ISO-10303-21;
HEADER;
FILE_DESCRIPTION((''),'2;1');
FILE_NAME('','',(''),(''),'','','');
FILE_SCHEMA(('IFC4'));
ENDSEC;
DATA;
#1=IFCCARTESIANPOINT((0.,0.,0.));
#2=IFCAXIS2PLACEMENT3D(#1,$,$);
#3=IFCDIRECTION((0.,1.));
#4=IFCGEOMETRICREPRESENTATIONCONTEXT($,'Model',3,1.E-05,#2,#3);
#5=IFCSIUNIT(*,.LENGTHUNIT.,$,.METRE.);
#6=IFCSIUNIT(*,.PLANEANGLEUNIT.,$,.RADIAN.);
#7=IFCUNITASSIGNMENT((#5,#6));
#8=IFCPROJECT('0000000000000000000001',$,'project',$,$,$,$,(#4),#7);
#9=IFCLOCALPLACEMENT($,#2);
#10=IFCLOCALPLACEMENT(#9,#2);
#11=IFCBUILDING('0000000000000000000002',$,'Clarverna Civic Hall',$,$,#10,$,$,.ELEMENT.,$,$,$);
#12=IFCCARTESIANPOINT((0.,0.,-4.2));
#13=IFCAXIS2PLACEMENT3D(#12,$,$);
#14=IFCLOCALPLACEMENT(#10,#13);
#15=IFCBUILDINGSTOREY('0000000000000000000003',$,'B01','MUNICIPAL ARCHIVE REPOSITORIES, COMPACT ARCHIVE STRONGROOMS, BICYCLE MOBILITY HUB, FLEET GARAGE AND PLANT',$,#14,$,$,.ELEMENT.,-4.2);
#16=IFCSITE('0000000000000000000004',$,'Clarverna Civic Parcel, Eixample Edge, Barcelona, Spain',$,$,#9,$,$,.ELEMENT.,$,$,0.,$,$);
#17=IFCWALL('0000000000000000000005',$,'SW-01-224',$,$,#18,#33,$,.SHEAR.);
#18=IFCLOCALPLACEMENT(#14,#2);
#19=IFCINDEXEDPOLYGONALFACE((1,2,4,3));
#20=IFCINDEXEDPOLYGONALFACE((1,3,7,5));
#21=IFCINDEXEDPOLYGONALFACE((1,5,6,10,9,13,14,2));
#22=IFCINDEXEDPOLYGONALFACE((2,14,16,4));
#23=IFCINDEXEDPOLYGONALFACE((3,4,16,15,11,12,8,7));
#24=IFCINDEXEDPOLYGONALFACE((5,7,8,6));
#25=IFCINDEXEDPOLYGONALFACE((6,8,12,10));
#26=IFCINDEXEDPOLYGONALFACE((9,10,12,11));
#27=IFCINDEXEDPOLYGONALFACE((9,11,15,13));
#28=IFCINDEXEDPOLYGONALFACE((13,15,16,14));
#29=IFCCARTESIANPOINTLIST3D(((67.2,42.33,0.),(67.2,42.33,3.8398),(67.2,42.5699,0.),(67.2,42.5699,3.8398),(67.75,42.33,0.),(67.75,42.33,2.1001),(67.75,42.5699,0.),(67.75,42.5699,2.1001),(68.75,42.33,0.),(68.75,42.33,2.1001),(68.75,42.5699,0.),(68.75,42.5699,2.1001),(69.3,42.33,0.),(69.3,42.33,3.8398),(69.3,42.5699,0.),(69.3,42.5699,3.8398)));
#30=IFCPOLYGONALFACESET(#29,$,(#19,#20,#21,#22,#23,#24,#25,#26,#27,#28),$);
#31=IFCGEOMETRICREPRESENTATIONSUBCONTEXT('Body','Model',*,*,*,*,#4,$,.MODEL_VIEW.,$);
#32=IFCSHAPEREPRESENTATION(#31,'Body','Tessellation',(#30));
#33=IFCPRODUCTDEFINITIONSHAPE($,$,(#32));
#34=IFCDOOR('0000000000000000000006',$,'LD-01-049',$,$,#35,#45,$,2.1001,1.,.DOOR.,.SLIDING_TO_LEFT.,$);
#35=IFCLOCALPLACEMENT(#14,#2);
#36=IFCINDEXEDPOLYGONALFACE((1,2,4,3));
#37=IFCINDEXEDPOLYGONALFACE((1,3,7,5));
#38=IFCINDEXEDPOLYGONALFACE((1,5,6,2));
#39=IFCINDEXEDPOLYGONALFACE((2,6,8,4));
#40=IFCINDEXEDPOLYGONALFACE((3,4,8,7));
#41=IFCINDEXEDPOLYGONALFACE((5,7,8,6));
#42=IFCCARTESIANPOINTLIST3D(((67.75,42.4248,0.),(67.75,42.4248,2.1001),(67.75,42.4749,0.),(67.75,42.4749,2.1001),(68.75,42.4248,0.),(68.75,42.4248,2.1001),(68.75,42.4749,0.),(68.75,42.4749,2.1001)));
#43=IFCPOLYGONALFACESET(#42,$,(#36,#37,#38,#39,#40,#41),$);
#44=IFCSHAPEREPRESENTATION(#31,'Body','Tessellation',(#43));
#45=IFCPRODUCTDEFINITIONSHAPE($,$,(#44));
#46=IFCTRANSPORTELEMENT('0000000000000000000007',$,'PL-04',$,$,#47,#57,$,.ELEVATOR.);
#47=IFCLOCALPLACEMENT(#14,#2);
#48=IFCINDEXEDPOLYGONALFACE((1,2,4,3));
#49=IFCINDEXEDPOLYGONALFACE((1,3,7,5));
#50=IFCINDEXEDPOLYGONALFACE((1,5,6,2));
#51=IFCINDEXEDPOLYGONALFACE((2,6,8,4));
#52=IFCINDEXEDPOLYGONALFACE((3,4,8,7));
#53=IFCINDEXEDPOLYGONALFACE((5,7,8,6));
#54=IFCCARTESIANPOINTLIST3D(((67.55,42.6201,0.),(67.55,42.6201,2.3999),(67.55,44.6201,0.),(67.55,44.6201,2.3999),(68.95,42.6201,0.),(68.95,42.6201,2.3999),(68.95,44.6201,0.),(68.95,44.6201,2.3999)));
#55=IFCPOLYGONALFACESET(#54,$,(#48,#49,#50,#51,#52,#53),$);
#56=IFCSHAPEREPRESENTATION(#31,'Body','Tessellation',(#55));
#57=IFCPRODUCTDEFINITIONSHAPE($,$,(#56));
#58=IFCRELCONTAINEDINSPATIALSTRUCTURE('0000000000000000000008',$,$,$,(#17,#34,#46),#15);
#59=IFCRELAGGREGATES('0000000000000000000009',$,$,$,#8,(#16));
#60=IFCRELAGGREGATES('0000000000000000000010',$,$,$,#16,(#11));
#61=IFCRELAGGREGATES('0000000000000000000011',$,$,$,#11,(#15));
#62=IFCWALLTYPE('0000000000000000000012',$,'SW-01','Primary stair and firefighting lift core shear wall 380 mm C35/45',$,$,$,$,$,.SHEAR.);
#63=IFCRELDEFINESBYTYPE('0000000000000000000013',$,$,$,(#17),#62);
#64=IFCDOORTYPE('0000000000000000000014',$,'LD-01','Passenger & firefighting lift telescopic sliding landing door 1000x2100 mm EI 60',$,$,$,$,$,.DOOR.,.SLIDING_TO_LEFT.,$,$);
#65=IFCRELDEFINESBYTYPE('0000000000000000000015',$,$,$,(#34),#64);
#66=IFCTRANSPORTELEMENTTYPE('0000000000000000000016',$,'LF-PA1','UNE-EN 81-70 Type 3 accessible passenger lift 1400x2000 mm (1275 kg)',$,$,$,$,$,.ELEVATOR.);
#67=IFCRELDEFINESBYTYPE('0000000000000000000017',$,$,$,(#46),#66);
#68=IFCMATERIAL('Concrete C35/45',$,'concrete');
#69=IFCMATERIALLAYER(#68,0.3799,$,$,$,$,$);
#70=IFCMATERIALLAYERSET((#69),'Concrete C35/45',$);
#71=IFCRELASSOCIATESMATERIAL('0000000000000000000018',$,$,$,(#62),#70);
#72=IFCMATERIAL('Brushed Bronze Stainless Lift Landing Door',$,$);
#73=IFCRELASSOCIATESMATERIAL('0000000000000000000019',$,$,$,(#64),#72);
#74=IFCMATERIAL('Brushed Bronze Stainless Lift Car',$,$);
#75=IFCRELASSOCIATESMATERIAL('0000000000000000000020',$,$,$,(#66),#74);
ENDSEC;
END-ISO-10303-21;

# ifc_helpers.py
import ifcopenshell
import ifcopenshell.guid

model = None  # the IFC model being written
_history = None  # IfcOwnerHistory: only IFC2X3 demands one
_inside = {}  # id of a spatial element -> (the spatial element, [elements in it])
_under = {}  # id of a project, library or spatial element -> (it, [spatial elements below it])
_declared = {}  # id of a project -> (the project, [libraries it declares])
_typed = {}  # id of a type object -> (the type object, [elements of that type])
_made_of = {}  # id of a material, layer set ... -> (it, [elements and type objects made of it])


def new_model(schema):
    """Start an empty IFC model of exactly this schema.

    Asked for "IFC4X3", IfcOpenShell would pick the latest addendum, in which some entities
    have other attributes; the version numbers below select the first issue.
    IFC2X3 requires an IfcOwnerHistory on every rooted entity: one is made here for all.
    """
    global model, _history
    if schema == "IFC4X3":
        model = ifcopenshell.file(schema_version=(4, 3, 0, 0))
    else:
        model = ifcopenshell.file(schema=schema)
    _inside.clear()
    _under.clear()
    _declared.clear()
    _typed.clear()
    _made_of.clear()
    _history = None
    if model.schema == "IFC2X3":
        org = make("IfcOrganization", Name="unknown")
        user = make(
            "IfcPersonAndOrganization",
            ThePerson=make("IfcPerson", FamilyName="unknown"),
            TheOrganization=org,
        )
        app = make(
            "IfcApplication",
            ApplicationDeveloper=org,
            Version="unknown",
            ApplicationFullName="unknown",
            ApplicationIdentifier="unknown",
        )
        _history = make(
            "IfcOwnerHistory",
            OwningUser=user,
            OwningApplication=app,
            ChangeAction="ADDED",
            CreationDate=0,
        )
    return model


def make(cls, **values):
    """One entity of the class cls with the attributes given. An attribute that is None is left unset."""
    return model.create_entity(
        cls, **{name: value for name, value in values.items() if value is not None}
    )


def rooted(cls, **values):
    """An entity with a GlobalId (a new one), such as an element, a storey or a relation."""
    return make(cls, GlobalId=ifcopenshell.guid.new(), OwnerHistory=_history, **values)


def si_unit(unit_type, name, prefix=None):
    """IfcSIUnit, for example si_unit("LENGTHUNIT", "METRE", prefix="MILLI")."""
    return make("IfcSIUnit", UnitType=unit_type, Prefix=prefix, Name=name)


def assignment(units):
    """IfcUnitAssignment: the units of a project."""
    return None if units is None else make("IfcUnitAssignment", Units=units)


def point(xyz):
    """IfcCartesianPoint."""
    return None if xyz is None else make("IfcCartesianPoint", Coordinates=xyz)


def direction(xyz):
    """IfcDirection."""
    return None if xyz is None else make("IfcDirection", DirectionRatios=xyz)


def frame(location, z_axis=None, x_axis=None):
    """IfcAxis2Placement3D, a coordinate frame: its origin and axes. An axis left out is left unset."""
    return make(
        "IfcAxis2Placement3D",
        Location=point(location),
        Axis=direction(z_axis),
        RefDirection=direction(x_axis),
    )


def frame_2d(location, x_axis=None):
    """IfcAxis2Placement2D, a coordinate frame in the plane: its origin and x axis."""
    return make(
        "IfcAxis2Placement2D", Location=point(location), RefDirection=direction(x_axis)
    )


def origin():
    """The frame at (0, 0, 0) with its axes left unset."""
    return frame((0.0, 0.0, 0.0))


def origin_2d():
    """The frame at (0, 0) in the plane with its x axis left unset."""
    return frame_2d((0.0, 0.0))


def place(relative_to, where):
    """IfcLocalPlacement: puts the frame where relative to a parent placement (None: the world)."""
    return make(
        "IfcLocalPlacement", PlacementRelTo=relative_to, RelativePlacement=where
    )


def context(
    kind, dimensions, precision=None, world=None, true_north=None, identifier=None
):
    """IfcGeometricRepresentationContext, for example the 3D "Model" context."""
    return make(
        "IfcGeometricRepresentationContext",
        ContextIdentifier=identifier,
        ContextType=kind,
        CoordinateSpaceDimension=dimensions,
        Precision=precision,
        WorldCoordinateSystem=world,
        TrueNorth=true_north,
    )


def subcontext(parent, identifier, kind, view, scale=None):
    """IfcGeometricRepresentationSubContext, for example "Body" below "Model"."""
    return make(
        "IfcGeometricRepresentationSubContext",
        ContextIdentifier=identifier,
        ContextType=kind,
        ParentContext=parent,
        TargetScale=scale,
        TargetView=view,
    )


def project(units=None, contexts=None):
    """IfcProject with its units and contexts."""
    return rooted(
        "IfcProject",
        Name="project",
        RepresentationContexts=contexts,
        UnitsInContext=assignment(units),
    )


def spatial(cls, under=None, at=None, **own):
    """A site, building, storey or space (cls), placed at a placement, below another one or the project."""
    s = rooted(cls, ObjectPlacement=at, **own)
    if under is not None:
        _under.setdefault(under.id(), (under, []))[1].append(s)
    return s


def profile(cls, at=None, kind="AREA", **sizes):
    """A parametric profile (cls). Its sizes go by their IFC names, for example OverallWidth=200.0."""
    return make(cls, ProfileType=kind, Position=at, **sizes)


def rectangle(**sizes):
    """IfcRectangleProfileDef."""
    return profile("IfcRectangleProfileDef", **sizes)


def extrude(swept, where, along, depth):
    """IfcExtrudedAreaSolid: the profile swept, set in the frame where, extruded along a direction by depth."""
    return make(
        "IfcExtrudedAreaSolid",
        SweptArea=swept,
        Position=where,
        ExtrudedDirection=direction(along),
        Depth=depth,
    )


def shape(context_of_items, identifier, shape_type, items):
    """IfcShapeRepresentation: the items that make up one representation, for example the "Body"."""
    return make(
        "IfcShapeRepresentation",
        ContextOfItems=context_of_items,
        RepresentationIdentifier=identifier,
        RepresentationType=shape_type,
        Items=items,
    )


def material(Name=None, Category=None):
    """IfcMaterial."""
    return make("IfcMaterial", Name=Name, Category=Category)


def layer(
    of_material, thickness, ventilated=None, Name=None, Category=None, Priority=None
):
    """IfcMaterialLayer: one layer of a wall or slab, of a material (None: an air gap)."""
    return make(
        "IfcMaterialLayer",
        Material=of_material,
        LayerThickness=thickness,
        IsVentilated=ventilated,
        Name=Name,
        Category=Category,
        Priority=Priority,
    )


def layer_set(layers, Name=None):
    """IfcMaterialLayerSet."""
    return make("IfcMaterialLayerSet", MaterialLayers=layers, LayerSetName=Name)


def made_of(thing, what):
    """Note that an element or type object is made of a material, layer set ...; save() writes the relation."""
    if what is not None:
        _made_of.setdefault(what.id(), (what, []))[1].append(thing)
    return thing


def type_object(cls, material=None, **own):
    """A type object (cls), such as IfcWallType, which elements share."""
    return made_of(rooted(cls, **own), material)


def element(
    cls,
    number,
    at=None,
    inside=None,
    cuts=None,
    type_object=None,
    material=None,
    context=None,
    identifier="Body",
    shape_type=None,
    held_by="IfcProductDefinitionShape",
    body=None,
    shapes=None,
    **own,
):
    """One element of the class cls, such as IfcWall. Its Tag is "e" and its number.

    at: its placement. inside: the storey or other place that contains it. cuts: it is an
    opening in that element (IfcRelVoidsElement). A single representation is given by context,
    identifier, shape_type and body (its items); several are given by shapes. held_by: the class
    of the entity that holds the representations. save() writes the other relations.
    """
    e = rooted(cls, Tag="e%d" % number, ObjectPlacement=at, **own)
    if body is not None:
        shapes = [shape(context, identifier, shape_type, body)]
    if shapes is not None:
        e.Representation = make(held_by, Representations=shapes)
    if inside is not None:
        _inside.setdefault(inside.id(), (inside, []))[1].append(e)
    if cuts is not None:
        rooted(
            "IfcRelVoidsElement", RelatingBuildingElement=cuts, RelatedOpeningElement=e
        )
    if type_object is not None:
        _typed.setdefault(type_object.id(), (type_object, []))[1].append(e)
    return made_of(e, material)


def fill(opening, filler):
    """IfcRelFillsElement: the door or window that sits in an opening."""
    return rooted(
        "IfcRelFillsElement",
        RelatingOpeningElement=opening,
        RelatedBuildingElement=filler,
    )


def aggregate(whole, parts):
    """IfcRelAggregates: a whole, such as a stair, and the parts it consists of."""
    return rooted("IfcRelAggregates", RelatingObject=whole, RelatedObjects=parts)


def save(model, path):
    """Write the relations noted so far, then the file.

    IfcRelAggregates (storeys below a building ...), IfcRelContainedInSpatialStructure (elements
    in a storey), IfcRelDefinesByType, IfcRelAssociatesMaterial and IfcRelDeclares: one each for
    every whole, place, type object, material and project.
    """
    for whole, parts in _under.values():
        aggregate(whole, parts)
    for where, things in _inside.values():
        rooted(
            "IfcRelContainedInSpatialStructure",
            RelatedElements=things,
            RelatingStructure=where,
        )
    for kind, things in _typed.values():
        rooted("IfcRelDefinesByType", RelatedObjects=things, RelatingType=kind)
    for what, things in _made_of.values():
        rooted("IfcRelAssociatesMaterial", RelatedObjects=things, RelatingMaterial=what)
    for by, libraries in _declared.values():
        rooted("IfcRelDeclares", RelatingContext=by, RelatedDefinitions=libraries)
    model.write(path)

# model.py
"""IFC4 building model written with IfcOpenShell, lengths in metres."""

from ifc_helpers import new_model, si_unit, direction, frame, frame_2d, origin, origin_2d, place, context, subcontext, project, spatial, rectangle, extrude, material, layer, layer_set, type_object, element, fill, save


model = new_model("IFC4")

# Units and contexts
model_context = context("Model", 3, precision=1e-05, world=origin(), true_north=direction((0.0, 1.0)))
body_context = subcontext(model_context, "Body", "Model", "MODEL_VIEW")
ifc_project = project(units=[si_unit("LENGTHUNIT", "METRE"), si_unit("PLANEANGLEUNIT", "RADIAN")], contexts=[model_context])

# Site, building, storey
site_placement = place(None, origin())
site = spatial("IfcSite", under=ifc_project, at=site_placement, Name="Clarverna Civic Parcel, Eixample Edge, Barcelona, Spain", CompositionType="ELEMENT", RefElevation=0.0)
building_placement = place(site_placement, origin())
building = spatial("IfcBuilding", under=site, at=building_placement, Name="Clarverna Civic Hall", CompositionType="ELEMENT")
storey_placement = place(building_placement, frame((0.0, 0.0, -4.2)))
storey = spatial("IfcBuildingStorey", under=building, at=storey_placement, Name="B01", Description="MUNICIPAL ARCHIVE REPOSITORIES, COMPACT ARCHIVE STRONGROOMS, BICYCLE MOBILITY HUB, FLEET GARAGE AND PLANT", CompositionType="ELEMENT", Elevation=-4.2)

# Shared definitions
ifc_material_1 = material(Name="Concrete C35/45", Category="concrete")

# Shared definitions
ifc_layer_1 = layer(ifc_material_1, 0.3799)
ifc_layer_set_1 = layer_set([ifc_layer_1], Name="Concrete C35/45")
wall_type_1 = type_object("IfcWallType", Name="SW-01", Description="Primary stair and firefighting lift core shear wall 380 mm C35/45", PredefinedType="SHEAR", material=ifc_layer_set_1)

# Wall, opening, door
wall_1_placement = place(storey_placement, frame((67.2, 42.45, 0.0), z_axis=(0.0, 0.0, 1.0), x_axis=(1.0, 0.0, 0.0)))
wall_1 = element("IfcWall", 1, at=wall_1_placement, inside=storey, type_object=wall_type_1, Name="SW-01-224", PredefinedType="SHEAR", context=body_context, shape_type="SweptSolid", body=[
    extrude(rectangle(XDim=2.1001, YDim=0.24, at=frame_2d((1.05, 0.0))), origin(), (0.0, 0.0, 1.0), 3.8398),
])
opening_1_placement = place(wall_1_placement, frame((0.55, 0.0, 0.0)))
opening_1 = element("IfcOpeningElement", 2, at=opening_1_placement, cuts=wall_1, PredefinedType="OPENING", context=body_context, shape_type="SweptSolid", body=[
    extrude(rectangle(XDim=1.0, YDim=2.1001, at=frame_2d((0.5, 1.05))), frame((0.0, 0.1299, 0.0), z_axis=(0.0, -1.0, 0.0), x_axis=(1.0, 0.0, 0.0)), (0.0, 0.0, 1.0), 0.26),
])
ifc_material_2 = material(Name="Brushed Bronze Stainless Lift Landing Door")
door_type_1 = type_object("IfcDoorType", Name="LD-01", Description="Passenger & firefighting lift telescopic sliding landing door 1000x2100 mm EI 60", OperationType="SLIDING_TO_LEFT", PredefinedType="DOOR", material=ifc_material_2)
door_1_placement = place(opening_1_placement, origin())
door_1 = element("IfcDoor", 3, at=door_1_placement, inside=storey, type_object=door_type_1, Name="LD-01-049", OperationType="SLIDING_TO_LEFT", OverallHeight=2.1001, OverallWidth=1.0, PredefinedType="DOOR", context=body_context, shape_type="SweptSolid", body=[
    extrude(rectangle(XDim=1.0, YDim=2.1001, at=frame_2d((0.5, 1.05))), frame((0.0, 0.0249, 0.0), z_axis=(0.0, -1.0, 0.0), x_axis=(1.0, 0.0, 0.0)), (0.0, 0.0, 1.0), 0.05),
])
fill(opening_1, door_1)

# Transport element
ifc_material_3 = material(Name="Brushed Bronze Stainless Lift Car")
transport_element_type = type_object("IfcTransportElementType", Name="LF-PA1", Description="UNE-EN 81-70 Type 3 accessible passenger lift 1400x2000 mm (1275 kg)", PredefinedType="ELEVATOR", material=ifc_material_3)
transport_element_placement = place(storey_placement, frame((68.25, 43.6201, 0.0), z_axis=(0.0, 0.0, 1.0), x_axis=(1.0, 0.0, 0.0)))
element("IfcTransportElement", 4, at=transport_element_placement, inside=storey, type_object=transport_element_type, Name="PL-04", PredefinedType="ELEVATOR", context=body_context, shape_type="SweptSolid", body=[
    extrude(rectangle(XDim=1.3999, YDim=2.0, at=origin_2d()), origin(), (0.0, 0.0, 1.0), 2.3999),
])

save(model, "model.ifc")
